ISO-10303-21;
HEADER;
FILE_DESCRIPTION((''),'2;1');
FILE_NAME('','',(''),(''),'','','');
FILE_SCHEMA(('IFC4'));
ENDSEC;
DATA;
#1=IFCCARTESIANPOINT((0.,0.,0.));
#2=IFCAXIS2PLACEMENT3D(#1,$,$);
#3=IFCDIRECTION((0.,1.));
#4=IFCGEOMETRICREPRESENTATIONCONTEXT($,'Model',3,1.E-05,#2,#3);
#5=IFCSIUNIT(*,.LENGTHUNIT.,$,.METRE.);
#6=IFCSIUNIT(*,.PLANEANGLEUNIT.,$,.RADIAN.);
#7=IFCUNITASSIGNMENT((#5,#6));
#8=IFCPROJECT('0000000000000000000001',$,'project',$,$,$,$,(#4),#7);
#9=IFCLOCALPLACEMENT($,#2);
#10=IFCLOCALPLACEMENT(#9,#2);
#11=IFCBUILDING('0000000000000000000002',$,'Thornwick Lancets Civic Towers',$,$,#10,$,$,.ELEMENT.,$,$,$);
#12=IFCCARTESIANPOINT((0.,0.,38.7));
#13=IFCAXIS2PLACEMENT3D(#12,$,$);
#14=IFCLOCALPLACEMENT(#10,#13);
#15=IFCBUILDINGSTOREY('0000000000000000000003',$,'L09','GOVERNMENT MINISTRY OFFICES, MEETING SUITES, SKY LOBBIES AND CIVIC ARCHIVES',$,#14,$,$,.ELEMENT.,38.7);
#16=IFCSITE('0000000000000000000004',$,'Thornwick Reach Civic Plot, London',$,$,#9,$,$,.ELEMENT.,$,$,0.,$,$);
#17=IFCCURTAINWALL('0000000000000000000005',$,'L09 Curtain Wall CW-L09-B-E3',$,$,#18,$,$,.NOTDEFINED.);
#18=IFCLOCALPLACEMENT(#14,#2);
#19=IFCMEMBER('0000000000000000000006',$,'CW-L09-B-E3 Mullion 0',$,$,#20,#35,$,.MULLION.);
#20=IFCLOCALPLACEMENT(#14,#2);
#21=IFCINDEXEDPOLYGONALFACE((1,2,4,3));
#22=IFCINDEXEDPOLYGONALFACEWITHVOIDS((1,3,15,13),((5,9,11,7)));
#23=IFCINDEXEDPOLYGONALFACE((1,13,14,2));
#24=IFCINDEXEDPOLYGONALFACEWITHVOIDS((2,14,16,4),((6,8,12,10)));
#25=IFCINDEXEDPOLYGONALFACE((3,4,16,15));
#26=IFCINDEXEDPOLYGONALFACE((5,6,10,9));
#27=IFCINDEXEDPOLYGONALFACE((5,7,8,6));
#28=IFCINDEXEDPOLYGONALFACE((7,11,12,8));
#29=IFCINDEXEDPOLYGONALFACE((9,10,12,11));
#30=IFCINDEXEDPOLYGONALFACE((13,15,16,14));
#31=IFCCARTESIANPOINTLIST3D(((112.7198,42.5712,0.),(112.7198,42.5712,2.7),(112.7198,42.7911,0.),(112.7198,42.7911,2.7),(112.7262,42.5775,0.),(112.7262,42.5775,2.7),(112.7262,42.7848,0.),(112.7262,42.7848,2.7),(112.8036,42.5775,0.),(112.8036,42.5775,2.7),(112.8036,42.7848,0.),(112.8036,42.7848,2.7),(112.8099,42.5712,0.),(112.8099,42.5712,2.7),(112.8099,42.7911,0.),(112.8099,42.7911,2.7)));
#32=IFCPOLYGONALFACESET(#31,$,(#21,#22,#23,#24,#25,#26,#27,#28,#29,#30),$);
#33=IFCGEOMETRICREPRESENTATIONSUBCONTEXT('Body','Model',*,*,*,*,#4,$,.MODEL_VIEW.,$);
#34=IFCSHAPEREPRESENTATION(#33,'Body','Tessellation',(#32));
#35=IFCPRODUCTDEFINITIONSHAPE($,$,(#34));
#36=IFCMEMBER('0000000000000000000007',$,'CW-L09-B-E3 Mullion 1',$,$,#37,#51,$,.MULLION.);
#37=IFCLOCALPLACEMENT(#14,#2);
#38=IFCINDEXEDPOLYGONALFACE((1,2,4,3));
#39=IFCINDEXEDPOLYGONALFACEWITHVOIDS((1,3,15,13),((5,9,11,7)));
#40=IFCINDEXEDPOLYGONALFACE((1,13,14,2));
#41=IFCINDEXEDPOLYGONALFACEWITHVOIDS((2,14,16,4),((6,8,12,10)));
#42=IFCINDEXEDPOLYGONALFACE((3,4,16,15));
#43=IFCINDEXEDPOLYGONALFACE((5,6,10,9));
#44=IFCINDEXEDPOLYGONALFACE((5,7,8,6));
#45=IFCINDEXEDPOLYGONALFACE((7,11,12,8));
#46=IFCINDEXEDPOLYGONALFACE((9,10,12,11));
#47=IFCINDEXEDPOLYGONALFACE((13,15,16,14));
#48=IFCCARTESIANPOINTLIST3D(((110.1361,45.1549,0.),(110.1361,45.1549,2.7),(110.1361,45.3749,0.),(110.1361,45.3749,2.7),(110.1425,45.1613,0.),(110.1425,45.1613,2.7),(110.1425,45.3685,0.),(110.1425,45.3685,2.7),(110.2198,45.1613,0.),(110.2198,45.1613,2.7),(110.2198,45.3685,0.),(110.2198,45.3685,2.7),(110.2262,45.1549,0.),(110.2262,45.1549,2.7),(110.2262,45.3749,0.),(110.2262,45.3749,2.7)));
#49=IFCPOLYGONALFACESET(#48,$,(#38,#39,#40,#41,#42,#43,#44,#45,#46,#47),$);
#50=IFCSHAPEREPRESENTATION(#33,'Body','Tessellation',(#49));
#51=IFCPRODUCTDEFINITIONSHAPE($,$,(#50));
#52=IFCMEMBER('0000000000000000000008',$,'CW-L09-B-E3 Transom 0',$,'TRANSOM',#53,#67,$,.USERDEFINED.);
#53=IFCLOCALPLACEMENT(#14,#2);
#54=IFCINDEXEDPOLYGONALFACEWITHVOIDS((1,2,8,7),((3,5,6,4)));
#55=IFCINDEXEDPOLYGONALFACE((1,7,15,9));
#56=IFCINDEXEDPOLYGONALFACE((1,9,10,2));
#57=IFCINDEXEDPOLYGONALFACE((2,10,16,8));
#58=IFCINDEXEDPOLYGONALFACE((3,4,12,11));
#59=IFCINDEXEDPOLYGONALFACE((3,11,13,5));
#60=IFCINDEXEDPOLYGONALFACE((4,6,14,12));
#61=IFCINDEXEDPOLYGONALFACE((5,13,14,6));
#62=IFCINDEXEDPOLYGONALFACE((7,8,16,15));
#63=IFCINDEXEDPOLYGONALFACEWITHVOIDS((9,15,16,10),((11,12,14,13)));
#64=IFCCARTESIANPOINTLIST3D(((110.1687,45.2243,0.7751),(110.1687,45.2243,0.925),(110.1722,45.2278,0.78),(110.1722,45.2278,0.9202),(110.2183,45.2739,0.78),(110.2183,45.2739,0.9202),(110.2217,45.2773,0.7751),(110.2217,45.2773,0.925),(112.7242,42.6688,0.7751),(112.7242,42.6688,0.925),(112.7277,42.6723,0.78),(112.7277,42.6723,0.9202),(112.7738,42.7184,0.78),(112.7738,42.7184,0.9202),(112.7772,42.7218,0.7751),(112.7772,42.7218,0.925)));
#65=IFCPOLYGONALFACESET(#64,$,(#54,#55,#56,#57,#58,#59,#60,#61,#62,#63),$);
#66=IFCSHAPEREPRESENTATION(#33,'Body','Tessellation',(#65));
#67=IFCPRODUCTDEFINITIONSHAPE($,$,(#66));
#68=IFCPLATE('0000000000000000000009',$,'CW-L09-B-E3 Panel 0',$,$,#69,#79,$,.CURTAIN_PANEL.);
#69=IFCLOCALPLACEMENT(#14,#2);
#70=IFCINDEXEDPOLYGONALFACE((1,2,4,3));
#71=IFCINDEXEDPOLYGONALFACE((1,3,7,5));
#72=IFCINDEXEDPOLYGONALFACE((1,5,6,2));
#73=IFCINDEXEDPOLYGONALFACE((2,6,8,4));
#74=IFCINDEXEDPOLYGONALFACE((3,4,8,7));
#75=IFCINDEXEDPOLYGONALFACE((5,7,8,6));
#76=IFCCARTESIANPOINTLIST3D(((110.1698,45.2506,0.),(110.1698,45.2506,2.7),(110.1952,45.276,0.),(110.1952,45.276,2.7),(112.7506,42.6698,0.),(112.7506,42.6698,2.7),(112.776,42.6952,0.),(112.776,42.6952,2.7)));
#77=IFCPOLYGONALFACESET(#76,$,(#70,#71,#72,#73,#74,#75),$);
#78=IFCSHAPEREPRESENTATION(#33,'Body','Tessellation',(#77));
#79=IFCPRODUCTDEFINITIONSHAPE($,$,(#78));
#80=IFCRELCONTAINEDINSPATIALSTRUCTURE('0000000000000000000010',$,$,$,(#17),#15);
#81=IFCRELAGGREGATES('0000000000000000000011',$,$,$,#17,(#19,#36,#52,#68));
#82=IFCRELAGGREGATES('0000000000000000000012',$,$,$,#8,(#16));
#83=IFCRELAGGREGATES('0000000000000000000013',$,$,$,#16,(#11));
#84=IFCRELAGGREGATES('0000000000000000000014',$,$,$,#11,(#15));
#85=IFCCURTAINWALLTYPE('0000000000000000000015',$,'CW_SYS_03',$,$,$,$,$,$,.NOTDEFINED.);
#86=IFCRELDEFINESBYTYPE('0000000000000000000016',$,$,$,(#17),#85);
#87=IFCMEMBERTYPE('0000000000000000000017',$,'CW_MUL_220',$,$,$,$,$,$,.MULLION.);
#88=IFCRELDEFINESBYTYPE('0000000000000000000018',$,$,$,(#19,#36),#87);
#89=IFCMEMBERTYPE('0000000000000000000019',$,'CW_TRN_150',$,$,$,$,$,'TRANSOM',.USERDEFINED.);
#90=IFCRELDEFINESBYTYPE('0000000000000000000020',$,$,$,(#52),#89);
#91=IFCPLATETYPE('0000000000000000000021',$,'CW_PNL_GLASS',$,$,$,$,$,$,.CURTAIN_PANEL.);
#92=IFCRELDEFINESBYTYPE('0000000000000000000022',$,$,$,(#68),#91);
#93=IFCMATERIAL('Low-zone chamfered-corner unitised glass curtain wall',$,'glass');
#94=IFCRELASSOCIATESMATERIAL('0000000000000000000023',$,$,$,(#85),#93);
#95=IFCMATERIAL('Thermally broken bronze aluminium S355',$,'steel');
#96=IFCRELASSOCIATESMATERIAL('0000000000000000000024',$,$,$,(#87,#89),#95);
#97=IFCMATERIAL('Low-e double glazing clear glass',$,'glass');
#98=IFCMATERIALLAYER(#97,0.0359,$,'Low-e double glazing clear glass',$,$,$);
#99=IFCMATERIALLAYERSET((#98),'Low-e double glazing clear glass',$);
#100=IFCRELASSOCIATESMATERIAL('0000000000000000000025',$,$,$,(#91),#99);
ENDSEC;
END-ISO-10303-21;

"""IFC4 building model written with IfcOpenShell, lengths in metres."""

from ifc_helpers import new_model, si_unit, direction, frame, origin, origin_2d, place, context, subcontext, project, spatial, rectangle, hollow_rectangle, extrude, material, layer, layer_set, material_profile, profile_set, type_object, element, aggregate, save


model = new_model("IFC4")

# Units and contexts
model_context = context("Model", 3, precision=1e-05, world=origin(), true_north=direction((0.0, 1.0)))
body_context = subcontext(model_context, "Body", "Model", "MODEL_VIEW")
ifc_project = project(units=[si_unit("LENGTHUNIT", "METRE"), si_unit("PLANEANGLEUNIT", "RADIAN")], contexts=[model_context])

# Site, building, storey
site_placement = place(None, origin())
site = spatial("IfcSite", under=ifc_project, at=site_placement, Name="Thornwick Reach Civic Plot, London", CompositionType="ELEMENT", RefElevation=0.0)
building_placement = place(site_placement, origin())
building = spatial("IfcBuilding", under=site, at=building_placement, Name="Thornwick Lancets Civic Towers", CompositionType="ELEMENT")
storey_placement = place(building_placement, frame((0.0, 0.0, 38.7)))
storey = spatial("IfcBuildingStorey", under=building, at=storey_placement, Name="L09", Description="GOVERNMENT MINISTRY OFFICES, MEETING SUITES, SKY LOBBIES AND CIVIC ARCHIVES", CompositionType="ELEMENT", Elevation=38.7)

# Curtain wall, members, plate
ifc_material_1 = material(Name="Low-zone chamfered-corner unitised glass curtain wall", Category="glass")
curtain_wall_type = type_object("IfcCurtainWallType", Name="CW_SYS_03", PredefinedType="NOTDEFINED", material=ifc_material_1)
curtain_wall_placement = place(storey_placement, origin())
curtain_wall = element("IfcCurtainWall", 1, at=curtain_wall_placement, inside=storey, type_object=curtain_wall_type, Name="L09 Curtain Wall CW-L09-B-E3", PredefinedType="NOTDEFINED")
ifc_material_2 = material(Name="Thermally broken bronze aluminium S355", Category="steel")
ifc_material_profile_1 = material_profile(ifc_material_2, hollow_rectangle(XDim=0.0901, YDim=0.22, WallThickness=0.0063, at=origin_2d()), Name="RHS 220x90x6.3")
ifc_profile_set_1 = profile_set([ifc_material_profile_1], Name="Thermally broken bronze aluminium S355")
member_type_1 = type_object("IfcMemberType", Name="CW_MUL_220", PredefinedType="MULLION", material=ifc_profile_set_1)
member_1_placement = place(storey_placement, frame((112.7649, 42.6812, 0.0), z_axis=(0.0, 0.0, 1.0), x_axis=(1.0, 0.0, 0.0)))
member_1 = element("IfcMember", 2, at=member_1_placement, type_object=member_type_1, Name="CW-L09-B-E3 Mullion 0", PredefinedType="MULLION", context=body_context, shape_type="SweptSolid", body=[
    extrude(hollow_rectangle(XDim=0.0901, YDim=0.22, WallThickness=0.0063, at=origin_2d()), origin(), (0.0, 0.0, 1.0), 2.7),
])
member_2_placement = place(storey_placement, frame((110.1812, 45.2649, 0.0), z_axis=(0.0, 0.0, 1.0), x_axis=(1.0, 0.0, 0.0)))
member_2 = element("IfcMember", 3, at=member_2_placement, type_object=member_type_1, Name="CW-L09-B-E3 Mullion 1", PredefinedType="MULLION", context=body_context, shape_type="SweptSolid", body=[
    extrude(hollow_rectangle(XDim=0.0901, YDim=0.22, WallThickness=0.0063, at=origin_2d()), origin(), (0.0, 0.0, 1.0), 2.7),
])
ifc_material_profile_2 = material_profile(ifc_material_2, hollow_rectangle(XDim=0.075, YDim=0.1499, WallThickness=0.0049, at=origin_2d()), Name="RHS 150x75x5")
ifc_profile_set_2 = profile_set([ifc_material_profile_2], Name="Thermally broken bronze aluminium S355")
member_type_2 = type_object("IfcMemberType", Name="CW_TRN_150", ElementType="TRANSOM", PredefinedType="USERDEFINED", material=ifc_profile_set_2)
member_3_placement = place(storey_placement, frame((112.7507, 42.6953, 0.8501), z_axis=(-0.707107, 0.707107, 0.0), x_axis=(-0.707107, -0.707107, 0.0)))
member_3 = element("IfcMember", 4, at=member_3_placement, type_object=member_type_2, Name="CW-L09-B-E3 Transom 0", ObjectType="TRANSOM", PredefinedType="USERDEFINED", context=body_context, shape_type="SweptSolid", body=[
    extrude(hollow_rectangle(XDim=0.075, YDim=0.1499, WallThickness=0.0049, at=origin_2d()), origin(), (0.0, 0.0, 1.0), 3.614),
])
ifc_material_3 = material(Name="Low-e double glazing clear glass", Category="glass")
ifc_layer_1 = layer(ifc_material_3, 0.0359, Name="Low-e double glazing clear glass")
ifc_layer_set_1 = layer_set([ifc_layer_1], Name="Low-e double glazing clear glass")
plate_type = type_object("IfcPlateType", Name="CW_PNL_GLASS", PredefinedType="CURTAIN_PANEL", material=ifc_layer_set_1)
plate_placement = place(storey_placement, frame((111.4729, 43.9729, 0.0), z_axis=(0.0, 0.0, 1.0), x_axis=(-0.707107, 0.707107, 0.0)))
plate = element("IfcPlate", 5, at=plate_placement, type_object=plate_type, Name="CW-L09-B-E3 Panel 0", PredefinedType="CURTAIN_PANEL", context=body_context, shape_type="SweptSolid", body=[
    extrude(rectangle(XDim=3.6499, YDim=0.0359, at=origin_2d()), origin(), (0.0, 0.0, 1.0), 2.7),
])
aggregate(curtain_wall, [member_1, member_2, member_3, plate])

save(model, "model.ifc")
